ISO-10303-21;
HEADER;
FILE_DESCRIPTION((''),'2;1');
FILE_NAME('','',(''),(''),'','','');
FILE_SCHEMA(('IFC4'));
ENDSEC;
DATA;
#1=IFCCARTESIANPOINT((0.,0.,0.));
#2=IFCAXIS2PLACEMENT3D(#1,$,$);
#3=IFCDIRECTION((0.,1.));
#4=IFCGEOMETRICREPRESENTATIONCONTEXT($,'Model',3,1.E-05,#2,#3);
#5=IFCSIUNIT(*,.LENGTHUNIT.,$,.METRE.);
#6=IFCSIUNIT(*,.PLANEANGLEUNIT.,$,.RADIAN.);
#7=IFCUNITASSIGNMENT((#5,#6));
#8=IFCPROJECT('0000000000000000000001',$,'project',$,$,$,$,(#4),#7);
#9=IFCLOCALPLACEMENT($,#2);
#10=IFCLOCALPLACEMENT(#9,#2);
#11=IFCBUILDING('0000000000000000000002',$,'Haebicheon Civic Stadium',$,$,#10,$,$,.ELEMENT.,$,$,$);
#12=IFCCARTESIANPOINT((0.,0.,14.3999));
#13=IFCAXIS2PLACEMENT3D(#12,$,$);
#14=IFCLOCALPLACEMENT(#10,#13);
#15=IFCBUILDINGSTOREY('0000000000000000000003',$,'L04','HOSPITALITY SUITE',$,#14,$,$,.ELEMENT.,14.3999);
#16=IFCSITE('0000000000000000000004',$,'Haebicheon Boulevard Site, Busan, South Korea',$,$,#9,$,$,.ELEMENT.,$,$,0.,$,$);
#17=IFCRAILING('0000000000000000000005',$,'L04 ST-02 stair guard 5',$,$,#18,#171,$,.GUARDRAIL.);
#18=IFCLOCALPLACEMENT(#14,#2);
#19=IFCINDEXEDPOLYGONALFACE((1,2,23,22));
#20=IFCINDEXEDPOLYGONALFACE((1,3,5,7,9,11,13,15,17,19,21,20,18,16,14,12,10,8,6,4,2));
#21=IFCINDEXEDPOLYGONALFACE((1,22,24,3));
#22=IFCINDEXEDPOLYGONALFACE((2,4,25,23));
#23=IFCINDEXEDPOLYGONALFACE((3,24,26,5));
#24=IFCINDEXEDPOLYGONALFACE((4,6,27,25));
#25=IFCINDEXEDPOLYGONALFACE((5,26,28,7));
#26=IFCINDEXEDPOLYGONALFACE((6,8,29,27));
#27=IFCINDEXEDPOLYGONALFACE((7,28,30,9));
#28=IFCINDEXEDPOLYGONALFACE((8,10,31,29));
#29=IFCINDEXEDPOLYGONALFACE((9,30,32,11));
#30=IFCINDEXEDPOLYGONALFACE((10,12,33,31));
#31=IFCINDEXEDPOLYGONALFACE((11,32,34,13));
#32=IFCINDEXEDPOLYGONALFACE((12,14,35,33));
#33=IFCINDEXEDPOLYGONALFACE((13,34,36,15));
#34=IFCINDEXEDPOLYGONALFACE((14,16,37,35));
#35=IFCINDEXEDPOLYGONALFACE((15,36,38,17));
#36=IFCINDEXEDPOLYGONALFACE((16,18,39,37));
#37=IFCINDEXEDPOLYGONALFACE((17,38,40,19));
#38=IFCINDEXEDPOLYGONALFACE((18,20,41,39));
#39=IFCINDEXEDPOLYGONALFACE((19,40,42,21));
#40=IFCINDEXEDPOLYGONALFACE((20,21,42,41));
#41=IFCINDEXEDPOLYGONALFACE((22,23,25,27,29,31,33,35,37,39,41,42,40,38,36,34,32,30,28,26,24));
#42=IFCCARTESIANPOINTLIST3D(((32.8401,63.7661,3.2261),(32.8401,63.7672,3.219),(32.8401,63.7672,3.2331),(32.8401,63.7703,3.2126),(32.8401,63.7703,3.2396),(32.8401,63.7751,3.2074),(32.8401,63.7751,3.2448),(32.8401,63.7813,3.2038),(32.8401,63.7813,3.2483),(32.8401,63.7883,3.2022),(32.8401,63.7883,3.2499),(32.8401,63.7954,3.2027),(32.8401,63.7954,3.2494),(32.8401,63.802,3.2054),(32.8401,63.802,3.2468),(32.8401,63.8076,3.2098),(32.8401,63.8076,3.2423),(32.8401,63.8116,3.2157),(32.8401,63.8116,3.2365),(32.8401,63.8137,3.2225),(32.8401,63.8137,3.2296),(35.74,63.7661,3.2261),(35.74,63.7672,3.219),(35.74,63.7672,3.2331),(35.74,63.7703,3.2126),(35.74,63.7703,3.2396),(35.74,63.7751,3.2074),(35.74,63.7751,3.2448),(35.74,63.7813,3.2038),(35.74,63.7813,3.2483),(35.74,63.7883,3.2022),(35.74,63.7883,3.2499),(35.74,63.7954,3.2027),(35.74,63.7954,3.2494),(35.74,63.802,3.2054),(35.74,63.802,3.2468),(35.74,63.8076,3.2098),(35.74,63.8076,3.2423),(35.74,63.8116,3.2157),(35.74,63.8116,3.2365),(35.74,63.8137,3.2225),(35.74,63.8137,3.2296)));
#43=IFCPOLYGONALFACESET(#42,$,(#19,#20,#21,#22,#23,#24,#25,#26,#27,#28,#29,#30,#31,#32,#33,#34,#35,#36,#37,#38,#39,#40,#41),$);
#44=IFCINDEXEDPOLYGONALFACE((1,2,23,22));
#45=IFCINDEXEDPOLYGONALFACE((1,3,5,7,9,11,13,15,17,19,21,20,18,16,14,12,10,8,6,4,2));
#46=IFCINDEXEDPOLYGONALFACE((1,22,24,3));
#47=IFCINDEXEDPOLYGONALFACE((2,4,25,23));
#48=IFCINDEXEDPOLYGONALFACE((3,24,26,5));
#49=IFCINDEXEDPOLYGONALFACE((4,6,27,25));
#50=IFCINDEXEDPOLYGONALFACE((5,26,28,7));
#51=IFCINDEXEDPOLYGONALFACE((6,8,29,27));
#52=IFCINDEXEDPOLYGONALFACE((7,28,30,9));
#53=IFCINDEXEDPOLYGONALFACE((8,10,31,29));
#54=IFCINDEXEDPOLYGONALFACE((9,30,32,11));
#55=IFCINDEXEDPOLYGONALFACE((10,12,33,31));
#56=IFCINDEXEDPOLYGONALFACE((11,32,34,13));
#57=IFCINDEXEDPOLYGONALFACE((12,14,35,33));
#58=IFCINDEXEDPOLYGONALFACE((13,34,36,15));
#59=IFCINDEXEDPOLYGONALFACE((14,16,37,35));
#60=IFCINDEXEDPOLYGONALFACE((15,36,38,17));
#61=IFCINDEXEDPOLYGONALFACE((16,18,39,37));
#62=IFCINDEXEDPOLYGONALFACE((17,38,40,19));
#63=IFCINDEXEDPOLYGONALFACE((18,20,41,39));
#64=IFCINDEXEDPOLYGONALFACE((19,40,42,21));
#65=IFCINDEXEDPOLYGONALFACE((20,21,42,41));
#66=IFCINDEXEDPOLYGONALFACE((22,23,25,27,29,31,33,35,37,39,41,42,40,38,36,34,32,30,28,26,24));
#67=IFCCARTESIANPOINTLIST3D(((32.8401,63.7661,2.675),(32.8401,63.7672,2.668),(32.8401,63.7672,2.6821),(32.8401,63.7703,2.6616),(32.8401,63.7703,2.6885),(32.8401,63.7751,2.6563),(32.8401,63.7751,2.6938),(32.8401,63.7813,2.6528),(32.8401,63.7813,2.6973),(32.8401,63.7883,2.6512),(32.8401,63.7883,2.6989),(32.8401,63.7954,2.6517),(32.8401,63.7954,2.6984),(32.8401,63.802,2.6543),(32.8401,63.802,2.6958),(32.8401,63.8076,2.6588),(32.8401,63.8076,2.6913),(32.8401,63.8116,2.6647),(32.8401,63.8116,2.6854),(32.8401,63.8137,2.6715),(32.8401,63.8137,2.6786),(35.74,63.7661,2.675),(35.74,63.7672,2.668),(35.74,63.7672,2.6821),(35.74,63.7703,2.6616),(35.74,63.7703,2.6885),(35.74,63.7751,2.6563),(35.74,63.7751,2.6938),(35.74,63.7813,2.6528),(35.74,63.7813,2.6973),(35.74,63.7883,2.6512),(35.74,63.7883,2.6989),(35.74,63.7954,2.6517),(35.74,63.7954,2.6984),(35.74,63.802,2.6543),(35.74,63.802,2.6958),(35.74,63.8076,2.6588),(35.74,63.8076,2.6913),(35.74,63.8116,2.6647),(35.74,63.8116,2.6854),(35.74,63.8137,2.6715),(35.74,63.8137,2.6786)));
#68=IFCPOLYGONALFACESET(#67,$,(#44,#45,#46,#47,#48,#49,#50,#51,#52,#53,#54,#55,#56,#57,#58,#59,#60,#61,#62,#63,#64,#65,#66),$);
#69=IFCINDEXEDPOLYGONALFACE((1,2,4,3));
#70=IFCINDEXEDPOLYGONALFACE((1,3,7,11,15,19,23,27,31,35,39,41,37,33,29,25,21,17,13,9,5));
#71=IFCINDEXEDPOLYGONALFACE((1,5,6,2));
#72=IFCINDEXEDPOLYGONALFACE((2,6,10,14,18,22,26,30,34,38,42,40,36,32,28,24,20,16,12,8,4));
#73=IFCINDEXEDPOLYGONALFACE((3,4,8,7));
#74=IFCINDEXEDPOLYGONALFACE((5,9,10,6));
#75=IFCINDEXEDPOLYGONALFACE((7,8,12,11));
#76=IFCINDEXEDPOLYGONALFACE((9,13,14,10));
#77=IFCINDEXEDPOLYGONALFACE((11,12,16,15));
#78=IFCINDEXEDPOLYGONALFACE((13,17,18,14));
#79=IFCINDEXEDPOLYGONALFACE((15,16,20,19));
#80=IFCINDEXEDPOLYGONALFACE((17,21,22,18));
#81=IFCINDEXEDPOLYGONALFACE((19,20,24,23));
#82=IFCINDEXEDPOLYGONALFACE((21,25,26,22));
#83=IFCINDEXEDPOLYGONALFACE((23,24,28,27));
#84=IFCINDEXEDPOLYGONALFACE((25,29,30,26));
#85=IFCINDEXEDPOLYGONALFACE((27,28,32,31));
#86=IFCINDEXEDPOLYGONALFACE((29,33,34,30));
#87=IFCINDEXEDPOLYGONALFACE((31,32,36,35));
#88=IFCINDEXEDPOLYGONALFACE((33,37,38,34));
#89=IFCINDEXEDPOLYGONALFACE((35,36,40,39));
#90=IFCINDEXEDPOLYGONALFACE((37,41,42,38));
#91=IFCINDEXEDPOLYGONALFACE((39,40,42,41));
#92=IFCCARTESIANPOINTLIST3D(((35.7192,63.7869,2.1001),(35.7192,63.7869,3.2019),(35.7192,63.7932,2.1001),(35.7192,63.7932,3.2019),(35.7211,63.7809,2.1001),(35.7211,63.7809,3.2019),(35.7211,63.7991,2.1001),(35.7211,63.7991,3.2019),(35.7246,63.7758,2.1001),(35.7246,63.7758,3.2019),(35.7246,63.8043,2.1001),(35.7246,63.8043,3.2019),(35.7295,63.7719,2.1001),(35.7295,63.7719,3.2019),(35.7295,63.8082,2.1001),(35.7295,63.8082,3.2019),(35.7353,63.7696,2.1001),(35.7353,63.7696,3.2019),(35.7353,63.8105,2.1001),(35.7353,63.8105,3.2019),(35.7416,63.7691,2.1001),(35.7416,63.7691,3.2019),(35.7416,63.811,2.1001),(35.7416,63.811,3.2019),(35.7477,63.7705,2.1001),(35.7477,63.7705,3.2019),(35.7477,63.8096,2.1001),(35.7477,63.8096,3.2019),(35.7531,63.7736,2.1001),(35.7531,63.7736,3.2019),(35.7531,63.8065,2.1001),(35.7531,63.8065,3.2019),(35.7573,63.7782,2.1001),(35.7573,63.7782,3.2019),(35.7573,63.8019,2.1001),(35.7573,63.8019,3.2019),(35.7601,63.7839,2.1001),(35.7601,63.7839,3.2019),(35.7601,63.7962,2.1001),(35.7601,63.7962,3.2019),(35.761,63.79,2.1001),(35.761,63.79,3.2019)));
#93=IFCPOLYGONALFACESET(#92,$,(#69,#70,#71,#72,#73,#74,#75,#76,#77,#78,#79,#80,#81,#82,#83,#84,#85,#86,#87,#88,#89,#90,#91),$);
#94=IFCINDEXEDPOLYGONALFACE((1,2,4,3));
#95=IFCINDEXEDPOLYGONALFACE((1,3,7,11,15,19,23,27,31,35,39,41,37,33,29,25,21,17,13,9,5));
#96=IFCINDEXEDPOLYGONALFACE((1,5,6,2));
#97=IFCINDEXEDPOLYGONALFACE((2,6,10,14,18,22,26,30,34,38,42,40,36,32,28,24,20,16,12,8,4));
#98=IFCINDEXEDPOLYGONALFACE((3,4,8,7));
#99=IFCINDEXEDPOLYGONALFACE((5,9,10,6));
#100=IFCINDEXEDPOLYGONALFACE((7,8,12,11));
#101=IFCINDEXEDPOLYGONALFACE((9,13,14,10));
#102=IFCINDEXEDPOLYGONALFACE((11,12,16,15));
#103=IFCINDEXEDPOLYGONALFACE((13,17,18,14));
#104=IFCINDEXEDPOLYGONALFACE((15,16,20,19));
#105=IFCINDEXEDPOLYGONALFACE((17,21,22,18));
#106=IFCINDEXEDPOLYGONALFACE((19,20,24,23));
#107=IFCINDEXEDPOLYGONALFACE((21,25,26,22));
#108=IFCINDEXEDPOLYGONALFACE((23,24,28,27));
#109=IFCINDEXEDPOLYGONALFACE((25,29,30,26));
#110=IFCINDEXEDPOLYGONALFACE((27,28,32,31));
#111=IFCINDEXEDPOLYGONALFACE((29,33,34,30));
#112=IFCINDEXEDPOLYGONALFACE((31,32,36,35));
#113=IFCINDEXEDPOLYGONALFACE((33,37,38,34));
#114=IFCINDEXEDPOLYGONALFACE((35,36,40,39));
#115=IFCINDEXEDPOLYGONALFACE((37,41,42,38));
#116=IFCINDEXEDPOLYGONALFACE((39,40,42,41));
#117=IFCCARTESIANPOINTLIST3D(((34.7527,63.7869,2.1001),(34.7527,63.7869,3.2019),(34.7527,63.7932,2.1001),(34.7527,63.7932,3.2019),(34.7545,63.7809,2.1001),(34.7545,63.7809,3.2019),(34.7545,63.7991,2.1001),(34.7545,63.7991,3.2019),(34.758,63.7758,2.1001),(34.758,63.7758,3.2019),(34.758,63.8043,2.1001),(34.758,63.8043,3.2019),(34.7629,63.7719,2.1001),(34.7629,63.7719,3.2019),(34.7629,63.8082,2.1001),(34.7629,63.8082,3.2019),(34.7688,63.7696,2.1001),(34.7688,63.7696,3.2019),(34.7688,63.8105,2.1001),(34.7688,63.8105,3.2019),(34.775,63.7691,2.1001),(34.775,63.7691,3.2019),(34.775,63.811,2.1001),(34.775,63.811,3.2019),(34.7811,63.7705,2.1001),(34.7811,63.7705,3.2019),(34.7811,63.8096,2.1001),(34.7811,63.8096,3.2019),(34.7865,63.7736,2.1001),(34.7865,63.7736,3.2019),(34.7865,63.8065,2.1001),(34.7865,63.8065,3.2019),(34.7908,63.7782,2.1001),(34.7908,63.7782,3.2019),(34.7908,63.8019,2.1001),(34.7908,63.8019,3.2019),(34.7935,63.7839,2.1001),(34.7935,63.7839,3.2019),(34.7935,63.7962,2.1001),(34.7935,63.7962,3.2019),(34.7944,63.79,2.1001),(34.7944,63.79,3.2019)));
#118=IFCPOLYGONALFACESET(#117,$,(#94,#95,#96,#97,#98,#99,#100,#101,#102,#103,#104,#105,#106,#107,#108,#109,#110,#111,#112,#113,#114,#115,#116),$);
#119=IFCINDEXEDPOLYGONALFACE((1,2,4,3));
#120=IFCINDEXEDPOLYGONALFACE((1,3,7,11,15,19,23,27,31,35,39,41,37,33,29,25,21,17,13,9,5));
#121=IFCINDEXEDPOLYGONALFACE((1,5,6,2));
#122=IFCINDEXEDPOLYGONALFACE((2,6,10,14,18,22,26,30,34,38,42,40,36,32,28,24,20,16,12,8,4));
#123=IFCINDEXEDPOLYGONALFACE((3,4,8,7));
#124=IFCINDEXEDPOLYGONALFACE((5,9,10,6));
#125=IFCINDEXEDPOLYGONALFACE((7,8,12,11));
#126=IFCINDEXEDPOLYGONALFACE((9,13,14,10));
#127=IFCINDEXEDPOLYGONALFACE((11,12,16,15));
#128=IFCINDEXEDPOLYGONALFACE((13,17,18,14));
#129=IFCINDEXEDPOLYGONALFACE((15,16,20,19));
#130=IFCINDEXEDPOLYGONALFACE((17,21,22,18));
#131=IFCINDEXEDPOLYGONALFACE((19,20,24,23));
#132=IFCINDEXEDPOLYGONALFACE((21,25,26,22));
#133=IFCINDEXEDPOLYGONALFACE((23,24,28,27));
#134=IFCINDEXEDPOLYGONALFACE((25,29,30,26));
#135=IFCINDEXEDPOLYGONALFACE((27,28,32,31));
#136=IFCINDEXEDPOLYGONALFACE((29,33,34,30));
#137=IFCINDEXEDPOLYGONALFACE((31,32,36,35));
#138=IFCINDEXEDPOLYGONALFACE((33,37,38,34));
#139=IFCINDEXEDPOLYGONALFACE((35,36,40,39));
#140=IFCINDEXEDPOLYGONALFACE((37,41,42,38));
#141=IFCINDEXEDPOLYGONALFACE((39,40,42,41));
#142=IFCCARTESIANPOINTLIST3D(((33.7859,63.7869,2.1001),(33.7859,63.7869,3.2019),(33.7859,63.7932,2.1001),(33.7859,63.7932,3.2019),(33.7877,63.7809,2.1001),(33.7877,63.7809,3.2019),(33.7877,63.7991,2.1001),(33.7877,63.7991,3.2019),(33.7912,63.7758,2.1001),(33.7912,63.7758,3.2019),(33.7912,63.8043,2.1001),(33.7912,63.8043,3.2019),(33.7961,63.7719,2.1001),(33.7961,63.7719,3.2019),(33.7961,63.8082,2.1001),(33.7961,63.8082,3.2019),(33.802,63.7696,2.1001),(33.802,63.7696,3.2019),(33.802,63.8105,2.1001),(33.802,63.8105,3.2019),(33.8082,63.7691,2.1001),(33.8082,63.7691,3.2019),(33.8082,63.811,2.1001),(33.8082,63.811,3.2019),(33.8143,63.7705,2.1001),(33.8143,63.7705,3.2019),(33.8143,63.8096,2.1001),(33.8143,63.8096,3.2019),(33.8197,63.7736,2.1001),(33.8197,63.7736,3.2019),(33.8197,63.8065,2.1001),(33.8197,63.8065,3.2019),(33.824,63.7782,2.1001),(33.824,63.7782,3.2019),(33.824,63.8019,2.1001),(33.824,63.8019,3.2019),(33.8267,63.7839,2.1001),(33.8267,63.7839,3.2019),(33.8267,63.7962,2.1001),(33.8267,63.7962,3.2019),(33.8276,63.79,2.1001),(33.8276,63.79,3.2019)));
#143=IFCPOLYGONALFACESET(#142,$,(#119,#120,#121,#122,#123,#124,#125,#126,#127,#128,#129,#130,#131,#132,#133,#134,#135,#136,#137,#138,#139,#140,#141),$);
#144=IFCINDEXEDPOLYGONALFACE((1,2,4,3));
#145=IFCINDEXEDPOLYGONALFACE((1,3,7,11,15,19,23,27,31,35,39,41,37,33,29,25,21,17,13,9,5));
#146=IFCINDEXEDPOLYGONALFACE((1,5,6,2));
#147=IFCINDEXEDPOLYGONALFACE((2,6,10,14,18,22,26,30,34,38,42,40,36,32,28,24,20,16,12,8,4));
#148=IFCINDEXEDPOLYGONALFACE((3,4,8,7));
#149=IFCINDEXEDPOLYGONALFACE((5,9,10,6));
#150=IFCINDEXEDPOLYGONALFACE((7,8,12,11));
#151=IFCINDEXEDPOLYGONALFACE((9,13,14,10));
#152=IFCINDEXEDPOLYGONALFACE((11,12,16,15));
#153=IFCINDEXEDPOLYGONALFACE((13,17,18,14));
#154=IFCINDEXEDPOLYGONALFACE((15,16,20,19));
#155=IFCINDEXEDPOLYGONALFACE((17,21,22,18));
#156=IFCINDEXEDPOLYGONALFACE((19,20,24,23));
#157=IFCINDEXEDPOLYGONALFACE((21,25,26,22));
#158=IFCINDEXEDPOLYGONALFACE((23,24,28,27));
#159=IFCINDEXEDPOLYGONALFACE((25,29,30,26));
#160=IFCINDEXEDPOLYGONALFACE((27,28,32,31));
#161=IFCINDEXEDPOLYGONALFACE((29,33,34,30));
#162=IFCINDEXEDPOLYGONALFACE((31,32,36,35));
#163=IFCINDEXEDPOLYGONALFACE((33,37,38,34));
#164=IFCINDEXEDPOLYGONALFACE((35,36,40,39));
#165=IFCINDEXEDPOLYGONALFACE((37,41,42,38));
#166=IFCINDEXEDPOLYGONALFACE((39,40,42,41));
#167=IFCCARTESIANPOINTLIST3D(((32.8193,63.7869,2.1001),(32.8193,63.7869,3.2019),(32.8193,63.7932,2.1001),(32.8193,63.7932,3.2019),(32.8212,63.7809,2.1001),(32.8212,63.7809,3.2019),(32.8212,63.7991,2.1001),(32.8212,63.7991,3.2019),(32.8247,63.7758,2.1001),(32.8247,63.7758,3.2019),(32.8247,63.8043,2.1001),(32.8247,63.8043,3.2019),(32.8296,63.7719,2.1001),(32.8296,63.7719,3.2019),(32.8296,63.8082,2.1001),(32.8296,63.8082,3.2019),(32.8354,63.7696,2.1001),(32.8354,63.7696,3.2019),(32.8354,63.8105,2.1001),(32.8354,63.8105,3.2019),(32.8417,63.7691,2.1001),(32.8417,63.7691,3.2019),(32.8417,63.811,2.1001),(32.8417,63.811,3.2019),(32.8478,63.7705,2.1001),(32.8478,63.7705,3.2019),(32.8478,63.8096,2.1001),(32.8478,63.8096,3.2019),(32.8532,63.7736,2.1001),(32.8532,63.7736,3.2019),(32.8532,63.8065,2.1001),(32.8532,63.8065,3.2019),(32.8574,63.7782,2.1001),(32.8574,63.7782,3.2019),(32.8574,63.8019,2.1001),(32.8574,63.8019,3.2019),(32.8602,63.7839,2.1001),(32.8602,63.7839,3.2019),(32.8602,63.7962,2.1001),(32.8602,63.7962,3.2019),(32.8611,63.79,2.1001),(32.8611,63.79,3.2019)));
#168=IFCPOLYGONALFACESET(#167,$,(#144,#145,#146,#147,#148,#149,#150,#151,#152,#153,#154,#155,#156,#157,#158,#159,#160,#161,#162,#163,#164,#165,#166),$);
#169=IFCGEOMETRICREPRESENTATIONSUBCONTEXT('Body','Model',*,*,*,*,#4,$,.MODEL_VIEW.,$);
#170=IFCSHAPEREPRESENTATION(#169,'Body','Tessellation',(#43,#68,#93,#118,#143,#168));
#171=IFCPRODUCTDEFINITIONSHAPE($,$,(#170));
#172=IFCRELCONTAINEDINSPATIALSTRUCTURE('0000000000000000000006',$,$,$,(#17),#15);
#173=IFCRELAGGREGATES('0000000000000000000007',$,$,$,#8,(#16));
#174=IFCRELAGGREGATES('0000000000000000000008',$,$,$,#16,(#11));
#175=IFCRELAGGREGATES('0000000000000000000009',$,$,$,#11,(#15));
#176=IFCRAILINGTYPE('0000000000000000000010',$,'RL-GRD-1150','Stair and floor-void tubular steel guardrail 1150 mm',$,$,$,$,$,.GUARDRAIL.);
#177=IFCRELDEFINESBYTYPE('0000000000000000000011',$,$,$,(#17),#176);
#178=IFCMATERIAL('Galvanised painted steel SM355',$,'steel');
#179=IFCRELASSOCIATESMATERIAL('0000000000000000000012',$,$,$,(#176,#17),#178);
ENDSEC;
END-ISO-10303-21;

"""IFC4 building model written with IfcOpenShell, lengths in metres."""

from ifc_helpers import new_model, si_unit, direction, frame, origin, origin_2d, place, context, subcontext, project, spatial, circle, extrude, material, type_object, element, save


model = new_model("IFC4")

# Units and contexts
model_context = context("Model", 3, precision=1e-05, world=origin(), true_north=direction((0.0, 1.0)))
body_context = subcontext(model_context, "Body", "Model", "MODEL_VIEW")
ifc_project = project(units=[si_unit("LENGTHUNIT", "METRE"), si_unit("PLANEANGLEUNIT", "RADIAN")], contexts=[model_context])

# Site, building, storey
site_placement = place(None, origin())
site = spatial("IfcSite", under=ifc_project, at=site_placement, Name="Haebicheon Boulevard Site, Busan, South Korea", CompositionType="ELEMENT", RefElevation=0.0)
building_placement = place(site_placement, origin())
building = spatial("IfcBuilding", under=site, at=building_placement, Name="Haebicheon Civic Stadium", CompositionType="ELEMENT")
storey_placement = place(building_placement, frame((0.0, 0.0, 14.3999)))
storey = spatial("IfcBuildingStorey", under=building, at=storey_placement, Name="L04", Description="HOSPITALITY SUITE", CompositionType="ELEMENT", Elevation=14.3999)

# Railing
ifc_material_1 = material(Name="Galvanised painted steel SM355", Category="steel")
railing_type_1 = type_object("IfcRailingType", Name="RL-GRD-1150", Description="Stair and floor-void tubular steel guardrail 1150 mm", PredefinedType="GUARDRAIL", material=ifc_material_1)
railing_1_placement = place(storey_placement, frame((35.74, 63.79, 2.1001)))
element("IfcRailing", 1, at=railing_1_placement, inside=storey, type_object=railing_type_1, material=ifc_material_1, Name="L04 ST-02 stair guard 5", PredefinedType="GUARDRAIL", context=body_context, shape_type="SweptSolid", body=[
    extrude(circle(Radius=0.0239, at=origin_2d()), frame((0.0, 0.0, 1.126), z_axis=(-1.0, 0.0, 0.0), x_axis=(0.0, -1.0, 0.0)), (0.0, 0.0, 1.0), 2.8999),
    extrude(circle(Radius=0.0239, at=origin_2d()), frame((0.0, 0.0, 0.575), z_axis=(-1.0, 0.0, 0.0), x_axis=(0.0, -1.0, 0.0)), (0.0, 0.0, 1.0), 2.8999),
    extrude(circle(Radius=0.021, at=origin_2d()), origin(), (0.0, 0.0, 1.0), 1.1018),
    extrude(circle(Radius=0.021, at=origin_2d()), frame((-0.9666, 0.0, 0.0)), (0.0, 0.0, 1.0), 1.1018),
    extrude(circle(Radius=0.021, at=origin_2d()), frame((-1.9333, 0.0, 0.0)), (0.0, 0.0, 1.0), 1.1018),
    extrude(circle(Radius=0.021, at=origin_2d()), frame((-2.8999, 0.0, 0.0)), (0.0, 0.0, 1.0), 1.1018),
])

save(model, "model.ifc")
